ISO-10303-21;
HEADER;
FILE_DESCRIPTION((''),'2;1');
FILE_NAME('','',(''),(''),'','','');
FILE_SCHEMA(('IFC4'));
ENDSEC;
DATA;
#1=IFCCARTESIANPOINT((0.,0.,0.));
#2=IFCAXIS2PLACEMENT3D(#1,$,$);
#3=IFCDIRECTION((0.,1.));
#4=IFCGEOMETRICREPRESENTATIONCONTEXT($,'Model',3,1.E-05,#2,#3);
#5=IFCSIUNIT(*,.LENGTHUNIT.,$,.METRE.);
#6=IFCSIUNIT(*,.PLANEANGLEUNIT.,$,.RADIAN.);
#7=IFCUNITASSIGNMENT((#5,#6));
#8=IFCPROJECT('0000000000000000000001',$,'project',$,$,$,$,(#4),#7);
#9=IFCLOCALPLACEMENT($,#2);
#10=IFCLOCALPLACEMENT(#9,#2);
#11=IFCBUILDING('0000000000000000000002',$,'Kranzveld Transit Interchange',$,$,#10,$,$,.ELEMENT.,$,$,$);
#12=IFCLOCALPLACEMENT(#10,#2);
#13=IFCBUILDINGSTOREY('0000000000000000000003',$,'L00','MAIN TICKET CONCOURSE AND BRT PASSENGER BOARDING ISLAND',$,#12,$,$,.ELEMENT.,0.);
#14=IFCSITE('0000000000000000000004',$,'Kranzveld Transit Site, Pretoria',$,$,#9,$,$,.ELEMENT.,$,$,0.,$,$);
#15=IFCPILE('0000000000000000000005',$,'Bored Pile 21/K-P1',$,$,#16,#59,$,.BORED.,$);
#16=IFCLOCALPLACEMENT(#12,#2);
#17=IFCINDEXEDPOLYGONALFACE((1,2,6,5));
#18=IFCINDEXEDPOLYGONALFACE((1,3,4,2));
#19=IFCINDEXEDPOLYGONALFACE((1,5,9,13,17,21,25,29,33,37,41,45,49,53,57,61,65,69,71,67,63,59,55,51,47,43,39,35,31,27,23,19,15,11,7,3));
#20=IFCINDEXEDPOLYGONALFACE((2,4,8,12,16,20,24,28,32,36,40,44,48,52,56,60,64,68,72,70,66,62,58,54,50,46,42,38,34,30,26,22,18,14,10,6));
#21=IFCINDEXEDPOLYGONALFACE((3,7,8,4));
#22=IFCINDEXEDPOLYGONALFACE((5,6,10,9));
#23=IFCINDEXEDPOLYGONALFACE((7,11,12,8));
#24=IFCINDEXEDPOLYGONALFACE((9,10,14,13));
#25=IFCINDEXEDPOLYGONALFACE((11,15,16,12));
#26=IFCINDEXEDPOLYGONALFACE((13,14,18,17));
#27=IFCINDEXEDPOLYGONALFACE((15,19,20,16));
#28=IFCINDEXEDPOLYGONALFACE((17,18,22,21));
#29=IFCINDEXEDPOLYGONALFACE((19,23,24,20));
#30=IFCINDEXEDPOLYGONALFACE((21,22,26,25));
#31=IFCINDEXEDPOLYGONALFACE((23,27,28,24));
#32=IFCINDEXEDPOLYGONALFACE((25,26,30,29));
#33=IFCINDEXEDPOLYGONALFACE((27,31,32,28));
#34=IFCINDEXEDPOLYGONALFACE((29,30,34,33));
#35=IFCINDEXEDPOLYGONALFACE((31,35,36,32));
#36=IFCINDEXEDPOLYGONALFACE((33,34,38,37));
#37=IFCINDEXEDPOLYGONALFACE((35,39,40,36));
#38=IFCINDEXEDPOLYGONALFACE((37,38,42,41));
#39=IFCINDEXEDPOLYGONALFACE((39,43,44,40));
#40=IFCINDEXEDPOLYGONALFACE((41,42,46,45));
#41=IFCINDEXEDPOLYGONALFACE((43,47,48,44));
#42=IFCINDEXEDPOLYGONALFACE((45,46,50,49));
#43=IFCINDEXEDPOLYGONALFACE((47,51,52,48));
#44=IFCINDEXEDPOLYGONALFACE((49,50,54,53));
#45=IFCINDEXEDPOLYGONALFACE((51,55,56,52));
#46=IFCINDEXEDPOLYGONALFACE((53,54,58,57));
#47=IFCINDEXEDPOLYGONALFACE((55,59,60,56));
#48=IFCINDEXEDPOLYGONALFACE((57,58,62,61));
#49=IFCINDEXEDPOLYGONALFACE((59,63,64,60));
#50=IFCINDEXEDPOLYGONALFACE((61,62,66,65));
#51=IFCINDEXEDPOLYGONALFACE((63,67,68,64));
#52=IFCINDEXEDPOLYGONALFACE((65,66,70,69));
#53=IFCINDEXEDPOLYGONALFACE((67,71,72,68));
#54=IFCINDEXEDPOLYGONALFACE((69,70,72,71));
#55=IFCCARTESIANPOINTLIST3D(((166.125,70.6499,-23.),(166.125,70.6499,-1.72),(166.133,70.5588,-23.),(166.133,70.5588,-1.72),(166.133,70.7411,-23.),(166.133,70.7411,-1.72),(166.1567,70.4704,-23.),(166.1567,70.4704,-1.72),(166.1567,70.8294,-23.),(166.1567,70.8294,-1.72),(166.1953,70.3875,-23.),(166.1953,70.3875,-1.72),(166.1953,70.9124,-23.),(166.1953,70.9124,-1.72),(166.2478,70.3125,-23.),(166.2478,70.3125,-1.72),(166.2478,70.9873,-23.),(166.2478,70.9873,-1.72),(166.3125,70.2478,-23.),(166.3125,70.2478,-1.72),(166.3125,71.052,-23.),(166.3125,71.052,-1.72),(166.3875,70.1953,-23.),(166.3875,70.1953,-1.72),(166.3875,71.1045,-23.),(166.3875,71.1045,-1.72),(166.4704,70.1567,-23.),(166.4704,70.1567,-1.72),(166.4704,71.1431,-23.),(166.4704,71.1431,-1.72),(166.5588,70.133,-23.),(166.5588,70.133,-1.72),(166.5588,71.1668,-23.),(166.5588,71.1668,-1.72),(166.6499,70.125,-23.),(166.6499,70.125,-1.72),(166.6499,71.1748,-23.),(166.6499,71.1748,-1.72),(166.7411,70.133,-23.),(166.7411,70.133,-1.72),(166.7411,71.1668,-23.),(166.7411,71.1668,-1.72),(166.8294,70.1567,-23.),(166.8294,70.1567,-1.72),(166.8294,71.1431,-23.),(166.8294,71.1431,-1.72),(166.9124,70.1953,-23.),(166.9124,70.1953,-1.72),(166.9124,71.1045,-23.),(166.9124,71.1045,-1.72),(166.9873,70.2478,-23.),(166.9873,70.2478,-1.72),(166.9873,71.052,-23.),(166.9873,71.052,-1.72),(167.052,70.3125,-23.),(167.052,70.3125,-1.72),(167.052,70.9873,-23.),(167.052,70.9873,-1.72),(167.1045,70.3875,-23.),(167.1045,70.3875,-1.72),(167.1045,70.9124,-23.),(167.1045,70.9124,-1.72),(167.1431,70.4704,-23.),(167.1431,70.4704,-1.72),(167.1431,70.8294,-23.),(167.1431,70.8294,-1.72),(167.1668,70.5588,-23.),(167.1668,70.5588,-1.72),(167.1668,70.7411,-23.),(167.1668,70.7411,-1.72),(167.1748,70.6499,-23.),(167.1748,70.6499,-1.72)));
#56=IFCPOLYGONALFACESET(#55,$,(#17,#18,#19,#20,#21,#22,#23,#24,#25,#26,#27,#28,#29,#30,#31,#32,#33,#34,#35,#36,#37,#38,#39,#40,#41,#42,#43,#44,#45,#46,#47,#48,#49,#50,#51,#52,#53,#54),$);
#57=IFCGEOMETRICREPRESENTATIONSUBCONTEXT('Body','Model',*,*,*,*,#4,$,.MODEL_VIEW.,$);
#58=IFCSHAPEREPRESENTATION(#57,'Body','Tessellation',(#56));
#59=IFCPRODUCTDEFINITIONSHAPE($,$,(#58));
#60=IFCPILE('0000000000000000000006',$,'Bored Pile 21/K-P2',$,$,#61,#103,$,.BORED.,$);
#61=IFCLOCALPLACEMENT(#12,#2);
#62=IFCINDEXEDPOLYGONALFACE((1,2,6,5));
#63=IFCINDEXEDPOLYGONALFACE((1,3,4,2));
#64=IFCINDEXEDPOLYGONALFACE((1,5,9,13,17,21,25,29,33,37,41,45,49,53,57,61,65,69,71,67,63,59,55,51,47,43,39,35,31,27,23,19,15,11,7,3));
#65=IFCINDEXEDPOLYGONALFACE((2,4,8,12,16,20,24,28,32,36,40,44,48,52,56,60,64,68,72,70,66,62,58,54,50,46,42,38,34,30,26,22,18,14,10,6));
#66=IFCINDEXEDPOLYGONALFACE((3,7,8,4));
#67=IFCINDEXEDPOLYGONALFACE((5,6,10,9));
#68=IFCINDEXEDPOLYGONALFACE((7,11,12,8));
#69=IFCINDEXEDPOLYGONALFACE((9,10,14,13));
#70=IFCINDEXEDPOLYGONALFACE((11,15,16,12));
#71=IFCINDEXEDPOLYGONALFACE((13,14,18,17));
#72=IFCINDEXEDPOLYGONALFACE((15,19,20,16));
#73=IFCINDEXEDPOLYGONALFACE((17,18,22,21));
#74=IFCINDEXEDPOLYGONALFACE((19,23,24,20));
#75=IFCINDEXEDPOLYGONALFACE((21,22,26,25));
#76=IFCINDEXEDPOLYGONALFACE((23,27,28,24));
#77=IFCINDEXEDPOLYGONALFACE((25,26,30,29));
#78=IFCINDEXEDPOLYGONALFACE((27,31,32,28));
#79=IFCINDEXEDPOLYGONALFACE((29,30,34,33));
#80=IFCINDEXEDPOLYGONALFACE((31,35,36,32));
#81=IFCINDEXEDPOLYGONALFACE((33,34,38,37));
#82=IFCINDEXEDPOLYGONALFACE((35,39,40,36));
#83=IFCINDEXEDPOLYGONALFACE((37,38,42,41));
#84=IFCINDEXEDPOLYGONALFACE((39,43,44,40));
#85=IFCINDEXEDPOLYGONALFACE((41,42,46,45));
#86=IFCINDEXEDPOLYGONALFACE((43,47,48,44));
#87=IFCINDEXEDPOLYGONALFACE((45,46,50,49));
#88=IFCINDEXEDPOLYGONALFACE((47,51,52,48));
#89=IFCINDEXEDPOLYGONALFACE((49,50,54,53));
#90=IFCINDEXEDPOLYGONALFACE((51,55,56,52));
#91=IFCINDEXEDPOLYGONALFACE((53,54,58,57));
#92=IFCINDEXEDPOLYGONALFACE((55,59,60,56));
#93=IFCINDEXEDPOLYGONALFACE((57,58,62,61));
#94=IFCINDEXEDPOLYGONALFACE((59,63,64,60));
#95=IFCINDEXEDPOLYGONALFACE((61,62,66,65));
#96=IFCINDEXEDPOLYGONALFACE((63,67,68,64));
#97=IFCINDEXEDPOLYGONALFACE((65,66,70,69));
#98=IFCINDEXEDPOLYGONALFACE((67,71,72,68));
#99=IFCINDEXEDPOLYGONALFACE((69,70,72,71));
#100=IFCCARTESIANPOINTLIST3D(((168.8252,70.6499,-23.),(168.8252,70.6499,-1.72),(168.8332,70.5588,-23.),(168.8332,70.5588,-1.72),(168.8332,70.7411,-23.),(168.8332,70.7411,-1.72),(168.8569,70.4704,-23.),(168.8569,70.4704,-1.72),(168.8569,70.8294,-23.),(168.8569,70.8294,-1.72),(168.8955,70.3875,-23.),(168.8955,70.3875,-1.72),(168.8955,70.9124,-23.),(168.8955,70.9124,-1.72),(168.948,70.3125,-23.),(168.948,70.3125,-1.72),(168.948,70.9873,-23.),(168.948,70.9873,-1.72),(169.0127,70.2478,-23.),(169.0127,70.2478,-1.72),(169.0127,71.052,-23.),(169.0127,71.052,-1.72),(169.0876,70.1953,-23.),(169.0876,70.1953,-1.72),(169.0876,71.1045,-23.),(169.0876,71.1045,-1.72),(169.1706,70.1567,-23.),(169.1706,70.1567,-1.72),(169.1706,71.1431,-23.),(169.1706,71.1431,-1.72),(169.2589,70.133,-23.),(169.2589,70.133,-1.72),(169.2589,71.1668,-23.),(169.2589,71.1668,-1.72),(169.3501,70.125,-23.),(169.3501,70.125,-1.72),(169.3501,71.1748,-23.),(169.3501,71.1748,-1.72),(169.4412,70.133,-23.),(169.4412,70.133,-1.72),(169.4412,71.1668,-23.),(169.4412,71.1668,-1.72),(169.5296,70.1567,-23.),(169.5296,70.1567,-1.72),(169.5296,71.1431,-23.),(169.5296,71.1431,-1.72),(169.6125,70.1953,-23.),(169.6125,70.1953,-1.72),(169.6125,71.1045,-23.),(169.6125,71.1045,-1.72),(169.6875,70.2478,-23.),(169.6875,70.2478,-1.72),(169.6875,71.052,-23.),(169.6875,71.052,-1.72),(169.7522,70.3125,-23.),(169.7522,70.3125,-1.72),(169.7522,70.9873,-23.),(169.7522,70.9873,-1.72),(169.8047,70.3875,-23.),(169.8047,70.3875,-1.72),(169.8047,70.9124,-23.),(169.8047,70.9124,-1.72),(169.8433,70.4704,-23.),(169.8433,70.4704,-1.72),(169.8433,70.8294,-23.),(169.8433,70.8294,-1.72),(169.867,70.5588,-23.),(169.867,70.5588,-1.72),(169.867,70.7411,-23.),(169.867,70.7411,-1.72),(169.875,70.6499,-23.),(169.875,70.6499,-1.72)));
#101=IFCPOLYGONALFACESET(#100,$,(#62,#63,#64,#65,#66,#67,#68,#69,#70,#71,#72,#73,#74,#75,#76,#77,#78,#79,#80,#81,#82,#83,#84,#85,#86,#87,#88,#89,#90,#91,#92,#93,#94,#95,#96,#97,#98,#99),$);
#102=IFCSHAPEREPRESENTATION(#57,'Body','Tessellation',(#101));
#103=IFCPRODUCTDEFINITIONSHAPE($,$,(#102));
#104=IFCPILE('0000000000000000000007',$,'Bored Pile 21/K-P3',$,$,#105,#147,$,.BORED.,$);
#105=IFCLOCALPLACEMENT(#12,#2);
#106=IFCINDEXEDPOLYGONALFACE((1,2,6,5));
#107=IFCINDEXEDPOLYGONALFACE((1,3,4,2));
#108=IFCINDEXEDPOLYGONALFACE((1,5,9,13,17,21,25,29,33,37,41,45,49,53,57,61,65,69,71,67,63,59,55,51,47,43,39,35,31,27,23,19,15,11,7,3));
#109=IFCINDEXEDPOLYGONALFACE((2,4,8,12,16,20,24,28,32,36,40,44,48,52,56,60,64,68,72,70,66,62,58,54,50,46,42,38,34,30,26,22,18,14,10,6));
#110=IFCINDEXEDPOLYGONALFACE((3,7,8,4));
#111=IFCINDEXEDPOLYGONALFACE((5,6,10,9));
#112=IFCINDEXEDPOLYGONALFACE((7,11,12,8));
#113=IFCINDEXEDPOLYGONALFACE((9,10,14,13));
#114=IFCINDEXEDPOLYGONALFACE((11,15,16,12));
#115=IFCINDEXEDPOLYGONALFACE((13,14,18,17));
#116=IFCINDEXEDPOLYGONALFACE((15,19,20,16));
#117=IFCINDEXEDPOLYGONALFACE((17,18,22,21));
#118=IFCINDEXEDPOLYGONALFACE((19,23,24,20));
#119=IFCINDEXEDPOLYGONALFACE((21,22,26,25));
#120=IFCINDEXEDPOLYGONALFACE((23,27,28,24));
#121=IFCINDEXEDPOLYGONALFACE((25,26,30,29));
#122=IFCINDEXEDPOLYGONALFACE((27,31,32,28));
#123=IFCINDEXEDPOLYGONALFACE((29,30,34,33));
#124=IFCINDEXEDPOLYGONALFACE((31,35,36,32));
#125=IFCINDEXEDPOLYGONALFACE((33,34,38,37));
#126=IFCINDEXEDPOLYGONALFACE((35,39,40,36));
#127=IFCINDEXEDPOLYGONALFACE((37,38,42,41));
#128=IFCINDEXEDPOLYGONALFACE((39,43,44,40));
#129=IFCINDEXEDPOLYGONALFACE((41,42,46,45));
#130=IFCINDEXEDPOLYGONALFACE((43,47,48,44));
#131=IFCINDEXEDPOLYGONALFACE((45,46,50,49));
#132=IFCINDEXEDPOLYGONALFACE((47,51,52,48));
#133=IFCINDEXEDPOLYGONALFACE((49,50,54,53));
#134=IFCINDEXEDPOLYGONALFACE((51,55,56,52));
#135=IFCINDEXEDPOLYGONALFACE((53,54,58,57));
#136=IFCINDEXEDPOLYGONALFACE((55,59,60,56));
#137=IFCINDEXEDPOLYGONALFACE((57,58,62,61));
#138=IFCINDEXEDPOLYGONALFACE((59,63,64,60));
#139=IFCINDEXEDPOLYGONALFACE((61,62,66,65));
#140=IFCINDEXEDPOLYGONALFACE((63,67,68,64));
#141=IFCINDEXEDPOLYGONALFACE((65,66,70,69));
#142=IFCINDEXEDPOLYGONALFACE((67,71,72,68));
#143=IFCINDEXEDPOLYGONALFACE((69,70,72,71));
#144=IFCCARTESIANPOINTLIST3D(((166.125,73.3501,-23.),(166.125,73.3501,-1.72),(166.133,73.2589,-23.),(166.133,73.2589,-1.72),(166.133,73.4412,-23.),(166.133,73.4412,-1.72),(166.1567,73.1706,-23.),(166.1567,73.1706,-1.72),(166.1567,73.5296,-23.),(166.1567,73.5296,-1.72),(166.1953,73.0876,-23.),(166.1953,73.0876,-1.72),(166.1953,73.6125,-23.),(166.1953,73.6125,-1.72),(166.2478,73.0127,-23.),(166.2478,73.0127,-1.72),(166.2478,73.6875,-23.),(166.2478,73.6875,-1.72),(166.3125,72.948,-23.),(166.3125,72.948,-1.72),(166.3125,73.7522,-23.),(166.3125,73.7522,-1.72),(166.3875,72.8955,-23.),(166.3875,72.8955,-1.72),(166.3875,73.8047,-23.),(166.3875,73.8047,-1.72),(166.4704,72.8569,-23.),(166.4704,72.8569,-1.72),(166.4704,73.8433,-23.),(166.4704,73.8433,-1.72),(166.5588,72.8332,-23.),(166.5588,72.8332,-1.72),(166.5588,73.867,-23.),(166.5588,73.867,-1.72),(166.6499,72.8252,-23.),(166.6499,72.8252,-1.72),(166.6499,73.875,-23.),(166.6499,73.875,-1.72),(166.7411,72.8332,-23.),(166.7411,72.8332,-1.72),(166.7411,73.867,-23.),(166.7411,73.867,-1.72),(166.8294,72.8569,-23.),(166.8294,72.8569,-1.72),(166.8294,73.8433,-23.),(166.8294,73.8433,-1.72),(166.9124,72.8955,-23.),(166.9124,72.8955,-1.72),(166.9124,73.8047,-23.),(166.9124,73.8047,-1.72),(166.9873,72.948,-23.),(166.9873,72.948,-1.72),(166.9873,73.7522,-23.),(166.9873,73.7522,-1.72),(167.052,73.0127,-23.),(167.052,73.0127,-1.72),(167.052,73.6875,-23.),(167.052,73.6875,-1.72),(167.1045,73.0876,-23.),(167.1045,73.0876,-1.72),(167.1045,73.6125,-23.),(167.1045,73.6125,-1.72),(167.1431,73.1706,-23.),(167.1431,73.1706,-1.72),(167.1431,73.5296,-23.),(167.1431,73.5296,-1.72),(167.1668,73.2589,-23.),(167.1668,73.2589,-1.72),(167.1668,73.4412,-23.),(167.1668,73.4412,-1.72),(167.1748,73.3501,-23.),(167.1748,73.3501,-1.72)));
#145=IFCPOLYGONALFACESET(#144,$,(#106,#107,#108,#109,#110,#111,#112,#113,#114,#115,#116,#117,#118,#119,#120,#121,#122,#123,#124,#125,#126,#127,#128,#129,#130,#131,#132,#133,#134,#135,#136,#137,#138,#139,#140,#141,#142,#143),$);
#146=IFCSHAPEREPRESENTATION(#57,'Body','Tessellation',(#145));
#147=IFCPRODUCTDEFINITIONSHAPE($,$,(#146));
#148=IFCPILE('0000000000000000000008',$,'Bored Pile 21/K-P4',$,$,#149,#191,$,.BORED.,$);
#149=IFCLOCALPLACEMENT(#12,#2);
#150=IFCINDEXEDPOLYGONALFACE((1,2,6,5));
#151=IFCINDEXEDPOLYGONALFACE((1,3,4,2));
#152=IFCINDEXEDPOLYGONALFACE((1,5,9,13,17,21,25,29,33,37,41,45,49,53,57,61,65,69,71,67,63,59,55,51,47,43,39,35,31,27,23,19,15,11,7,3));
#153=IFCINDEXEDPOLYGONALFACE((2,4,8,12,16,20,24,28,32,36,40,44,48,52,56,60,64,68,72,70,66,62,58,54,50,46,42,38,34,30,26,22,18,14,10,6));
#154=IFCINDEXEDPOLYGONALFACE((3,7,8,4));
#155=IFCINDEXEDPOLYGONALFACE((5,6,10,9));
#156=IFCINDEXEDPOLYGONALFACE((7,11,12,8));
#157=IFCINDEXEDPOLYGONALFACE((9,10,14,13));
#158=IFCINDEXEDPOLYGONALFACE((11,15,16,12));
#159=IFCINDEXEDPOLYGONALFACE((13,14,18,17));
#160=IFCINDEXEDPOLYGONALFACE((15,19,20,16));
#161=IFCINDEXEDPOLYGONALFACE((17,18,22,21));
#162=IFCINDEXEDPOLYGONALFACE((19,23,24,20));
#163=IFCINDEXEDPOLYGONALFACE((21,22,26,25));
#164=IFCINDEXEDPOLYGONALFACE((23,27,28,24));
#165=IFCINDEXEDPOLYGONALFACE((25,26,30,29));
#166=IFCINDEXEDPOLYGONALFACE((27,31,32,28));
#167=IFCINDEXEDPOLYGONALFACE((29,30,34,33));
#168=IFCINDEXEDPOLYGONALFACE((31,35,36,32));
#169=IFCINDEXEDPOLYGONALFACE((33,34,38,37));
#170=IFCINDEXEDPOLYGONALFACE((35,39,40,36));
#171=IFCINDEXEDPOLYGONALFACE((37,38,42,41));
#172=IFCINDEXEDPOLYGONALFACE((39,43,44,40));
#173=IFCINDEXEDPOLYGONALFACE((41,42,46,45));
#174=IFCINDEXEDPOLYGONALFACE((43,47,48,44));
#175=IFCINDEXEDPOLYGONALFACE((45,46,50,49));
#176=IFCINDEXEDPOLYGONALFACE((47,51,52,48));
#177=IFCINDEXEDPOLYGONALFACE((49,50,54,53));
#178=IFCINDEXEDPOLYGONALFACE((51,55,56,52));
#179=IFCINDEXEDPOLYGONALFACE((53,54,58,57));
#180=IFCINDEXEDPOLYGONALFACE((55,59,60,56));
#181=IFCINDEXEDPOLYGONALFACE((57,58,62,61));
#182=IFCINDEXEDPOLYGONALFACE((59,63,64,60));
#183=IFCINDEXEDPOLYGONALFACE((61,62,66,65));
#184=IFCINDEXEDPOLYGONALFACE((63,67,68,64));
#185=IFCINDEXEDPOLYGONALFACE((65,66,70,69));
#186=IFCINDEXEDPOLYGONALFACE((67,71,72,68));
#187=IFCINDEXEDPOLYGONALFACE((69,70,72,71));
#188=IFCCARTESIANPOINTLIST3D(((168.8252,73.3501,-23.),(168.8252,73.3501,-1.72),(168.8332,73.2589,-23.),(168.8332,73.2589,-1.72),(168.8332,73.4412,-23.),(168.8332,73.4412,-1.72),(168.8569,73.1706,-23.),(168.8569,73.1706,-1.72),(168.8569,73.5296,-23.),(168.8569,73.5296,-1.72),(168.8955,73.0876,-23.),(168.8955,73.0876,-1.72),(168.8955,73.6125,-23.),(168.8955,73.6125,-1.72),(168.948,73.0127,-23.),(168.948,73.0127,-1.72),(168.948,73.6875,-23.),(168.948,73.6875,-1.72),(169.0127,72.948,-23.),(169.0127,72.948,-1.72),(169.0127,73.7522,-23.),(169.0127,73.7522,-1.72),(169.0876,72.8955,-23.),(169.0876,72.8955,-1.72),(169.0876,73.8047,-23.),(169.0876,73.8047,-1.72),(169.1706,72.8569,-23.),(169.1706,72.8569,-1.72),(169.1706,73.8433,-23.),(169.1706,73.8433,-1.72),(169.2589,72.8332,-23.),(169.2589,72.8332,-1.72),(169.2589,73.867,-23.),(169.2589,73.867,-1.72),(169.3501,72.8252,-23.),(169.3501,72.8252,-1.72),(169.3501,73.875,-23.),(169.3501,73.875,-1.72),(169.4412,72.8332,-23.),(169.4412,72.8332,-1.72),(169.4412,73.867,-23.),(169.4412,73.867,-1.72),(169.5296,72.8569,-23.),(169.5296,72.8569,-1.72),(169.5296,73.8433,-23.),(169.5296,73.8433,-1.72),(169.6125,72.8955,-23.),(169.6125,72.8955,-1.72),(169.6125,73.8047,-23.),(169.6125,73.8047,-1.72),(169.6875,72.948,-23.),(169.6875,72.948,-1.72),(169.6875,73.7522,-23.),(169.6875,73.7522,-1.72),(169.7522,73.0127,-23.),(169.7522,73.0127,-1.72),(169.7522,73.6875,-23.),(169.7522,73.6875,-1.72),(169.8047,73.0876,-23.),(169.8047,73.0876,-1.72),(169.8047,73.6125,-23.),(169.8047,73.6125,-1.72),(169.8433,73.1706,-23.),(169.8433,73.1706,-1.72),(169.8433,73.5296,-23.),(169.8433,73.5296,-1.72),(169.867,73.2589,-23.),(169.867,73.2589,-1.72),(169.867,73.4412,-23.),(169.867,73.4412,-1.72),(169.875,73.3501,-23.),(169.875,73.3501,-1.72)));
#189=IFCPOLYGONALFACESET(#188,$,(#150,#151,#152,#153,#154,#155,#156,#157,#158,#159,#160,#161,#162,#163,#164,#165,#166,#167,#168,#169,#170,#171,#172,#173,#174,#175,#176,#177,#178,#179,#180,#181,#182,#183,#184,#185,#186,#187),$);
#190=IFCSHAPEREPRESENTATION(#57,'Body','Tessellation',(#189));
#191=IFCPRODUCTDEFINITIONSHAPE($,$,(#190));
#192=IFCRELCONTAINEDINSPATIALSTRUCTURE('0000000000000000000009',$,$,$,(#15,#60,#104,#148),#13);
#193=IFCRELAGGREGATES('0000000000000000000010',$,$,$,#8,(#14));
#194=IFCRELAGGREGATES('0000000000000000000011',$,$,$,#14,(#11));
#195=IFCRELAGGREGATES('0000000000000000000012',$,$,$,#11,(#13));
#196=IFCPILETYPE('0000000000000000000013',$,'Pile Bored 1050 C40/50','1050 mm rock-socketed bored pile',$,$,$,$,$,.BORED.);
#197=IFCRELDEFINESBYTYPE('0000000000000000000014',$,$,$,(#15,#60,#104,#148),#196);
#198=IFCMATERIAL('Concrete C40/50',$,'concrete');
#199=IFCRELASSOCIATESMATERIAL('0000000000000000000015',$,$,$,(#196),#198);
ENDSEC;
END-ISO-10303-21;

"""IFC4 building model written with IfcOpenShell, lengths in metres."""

from ifc_helpers import new_model, si_unit, direction, frame, origin, origin_2d, place, context, subcontext, project, spatial, circle, extrude, material, material_profile, profile_set, type_object, element, save


model = new_model("IFC4")

# Units and contexts
model_context = context("Model", 3, precision=1e-05, world=origin(), true_north=direction((0.0, 1.0)))
body_context = subcontext(model_context, "Body", "Model", "MODEL_VIEW")
ifc_project = project(units=[si_unit("LENGTHUNIT", "METRE"), si_unit("PLANEANGLEUNIT", "RADIAN")], contexts=[model_context])

# Site, building, storey
site_placement = place(None, origin())
site = spatial("IfcSite", under=ifc_project, at=site_placement, Name="Kranzveld Transit Site, Pretoria", CompositionType="ELEMENT", RefElevation=0.0)
building_placement = place(site_placement, origin())
building = spatial("IfcBuilding", under=site, at=building_placement, Name="Kranzveld Transit Interchange", CompositionType="ELEMENT")
storey_placement = place(building_placement, origin())
storey = spatial("IfcBuildingStorey", under=building, at=storey_placement, Name="L00", Description="MAIN TICKET CONCOURSE AND BRT PASSENGER BOARDING ISLAND", CompositionType="ELEMENT", Elevation=0.0)

# Piles
ifc_material_1 = material(Name="Concrete C40/50", Category="concrete")
ifc_material_profile_1 = material_profile(ifc_material_1, circle(Radius=0.5249, at=origin_2d()), Name="BORED PILE 1050")
ifc_profile_set_1 = profile_set([ifc_material_profile_1], Name="Concrete C40/50")
pile_type_1 = type_object("IfcPileType", Name="Pile Bored 1050 C40/50", Description="1050 mm rock-socketed bored pile", PredefinedType="BORED", material=ifc_profile_set_1)
for number, where, z_axis, x_axis, name in (
    (1, (166.6499, 70.6499, -1.72), (0.0, 0.0, -1.0), (1.0, 0.0, 0.0), "Bored Pile 21/K-P1"),
    (2, (169.3501, 70.6499, -1.72), (0.0, 0.0, -1.0), (1.0, 0.0, 0.0), "Bored Pile 21/K-P2"),
    (3, (166.6499, 73.3501, -1.72), (0.0, 0.0, -1.0), (1.0, 0.0, 0.0), "Bored Pile 21/K-P3"),
    (4, (169.3501, 73.3501, -1.72), (0.0, 0.0, -1.0), (1.0, 0.0, 0.0), "Bored Pile 21/K-P4"),
):
    element("IfcPile", number, at=place(storey_placement, frame(where, z_axis=z_axis, x_axis=x_axis)), inside=storey, type_object=pile_type_1, Name=name, PredefinedType="BORED", context=body_context, shape_type="SweptSolid", body=[
        extrude(circle(Radius=0.5249, at=origin_2d()), origin(), (0.0, 0.0, 1.0), 21.28),
    ])

save(model, "model.ifc")
